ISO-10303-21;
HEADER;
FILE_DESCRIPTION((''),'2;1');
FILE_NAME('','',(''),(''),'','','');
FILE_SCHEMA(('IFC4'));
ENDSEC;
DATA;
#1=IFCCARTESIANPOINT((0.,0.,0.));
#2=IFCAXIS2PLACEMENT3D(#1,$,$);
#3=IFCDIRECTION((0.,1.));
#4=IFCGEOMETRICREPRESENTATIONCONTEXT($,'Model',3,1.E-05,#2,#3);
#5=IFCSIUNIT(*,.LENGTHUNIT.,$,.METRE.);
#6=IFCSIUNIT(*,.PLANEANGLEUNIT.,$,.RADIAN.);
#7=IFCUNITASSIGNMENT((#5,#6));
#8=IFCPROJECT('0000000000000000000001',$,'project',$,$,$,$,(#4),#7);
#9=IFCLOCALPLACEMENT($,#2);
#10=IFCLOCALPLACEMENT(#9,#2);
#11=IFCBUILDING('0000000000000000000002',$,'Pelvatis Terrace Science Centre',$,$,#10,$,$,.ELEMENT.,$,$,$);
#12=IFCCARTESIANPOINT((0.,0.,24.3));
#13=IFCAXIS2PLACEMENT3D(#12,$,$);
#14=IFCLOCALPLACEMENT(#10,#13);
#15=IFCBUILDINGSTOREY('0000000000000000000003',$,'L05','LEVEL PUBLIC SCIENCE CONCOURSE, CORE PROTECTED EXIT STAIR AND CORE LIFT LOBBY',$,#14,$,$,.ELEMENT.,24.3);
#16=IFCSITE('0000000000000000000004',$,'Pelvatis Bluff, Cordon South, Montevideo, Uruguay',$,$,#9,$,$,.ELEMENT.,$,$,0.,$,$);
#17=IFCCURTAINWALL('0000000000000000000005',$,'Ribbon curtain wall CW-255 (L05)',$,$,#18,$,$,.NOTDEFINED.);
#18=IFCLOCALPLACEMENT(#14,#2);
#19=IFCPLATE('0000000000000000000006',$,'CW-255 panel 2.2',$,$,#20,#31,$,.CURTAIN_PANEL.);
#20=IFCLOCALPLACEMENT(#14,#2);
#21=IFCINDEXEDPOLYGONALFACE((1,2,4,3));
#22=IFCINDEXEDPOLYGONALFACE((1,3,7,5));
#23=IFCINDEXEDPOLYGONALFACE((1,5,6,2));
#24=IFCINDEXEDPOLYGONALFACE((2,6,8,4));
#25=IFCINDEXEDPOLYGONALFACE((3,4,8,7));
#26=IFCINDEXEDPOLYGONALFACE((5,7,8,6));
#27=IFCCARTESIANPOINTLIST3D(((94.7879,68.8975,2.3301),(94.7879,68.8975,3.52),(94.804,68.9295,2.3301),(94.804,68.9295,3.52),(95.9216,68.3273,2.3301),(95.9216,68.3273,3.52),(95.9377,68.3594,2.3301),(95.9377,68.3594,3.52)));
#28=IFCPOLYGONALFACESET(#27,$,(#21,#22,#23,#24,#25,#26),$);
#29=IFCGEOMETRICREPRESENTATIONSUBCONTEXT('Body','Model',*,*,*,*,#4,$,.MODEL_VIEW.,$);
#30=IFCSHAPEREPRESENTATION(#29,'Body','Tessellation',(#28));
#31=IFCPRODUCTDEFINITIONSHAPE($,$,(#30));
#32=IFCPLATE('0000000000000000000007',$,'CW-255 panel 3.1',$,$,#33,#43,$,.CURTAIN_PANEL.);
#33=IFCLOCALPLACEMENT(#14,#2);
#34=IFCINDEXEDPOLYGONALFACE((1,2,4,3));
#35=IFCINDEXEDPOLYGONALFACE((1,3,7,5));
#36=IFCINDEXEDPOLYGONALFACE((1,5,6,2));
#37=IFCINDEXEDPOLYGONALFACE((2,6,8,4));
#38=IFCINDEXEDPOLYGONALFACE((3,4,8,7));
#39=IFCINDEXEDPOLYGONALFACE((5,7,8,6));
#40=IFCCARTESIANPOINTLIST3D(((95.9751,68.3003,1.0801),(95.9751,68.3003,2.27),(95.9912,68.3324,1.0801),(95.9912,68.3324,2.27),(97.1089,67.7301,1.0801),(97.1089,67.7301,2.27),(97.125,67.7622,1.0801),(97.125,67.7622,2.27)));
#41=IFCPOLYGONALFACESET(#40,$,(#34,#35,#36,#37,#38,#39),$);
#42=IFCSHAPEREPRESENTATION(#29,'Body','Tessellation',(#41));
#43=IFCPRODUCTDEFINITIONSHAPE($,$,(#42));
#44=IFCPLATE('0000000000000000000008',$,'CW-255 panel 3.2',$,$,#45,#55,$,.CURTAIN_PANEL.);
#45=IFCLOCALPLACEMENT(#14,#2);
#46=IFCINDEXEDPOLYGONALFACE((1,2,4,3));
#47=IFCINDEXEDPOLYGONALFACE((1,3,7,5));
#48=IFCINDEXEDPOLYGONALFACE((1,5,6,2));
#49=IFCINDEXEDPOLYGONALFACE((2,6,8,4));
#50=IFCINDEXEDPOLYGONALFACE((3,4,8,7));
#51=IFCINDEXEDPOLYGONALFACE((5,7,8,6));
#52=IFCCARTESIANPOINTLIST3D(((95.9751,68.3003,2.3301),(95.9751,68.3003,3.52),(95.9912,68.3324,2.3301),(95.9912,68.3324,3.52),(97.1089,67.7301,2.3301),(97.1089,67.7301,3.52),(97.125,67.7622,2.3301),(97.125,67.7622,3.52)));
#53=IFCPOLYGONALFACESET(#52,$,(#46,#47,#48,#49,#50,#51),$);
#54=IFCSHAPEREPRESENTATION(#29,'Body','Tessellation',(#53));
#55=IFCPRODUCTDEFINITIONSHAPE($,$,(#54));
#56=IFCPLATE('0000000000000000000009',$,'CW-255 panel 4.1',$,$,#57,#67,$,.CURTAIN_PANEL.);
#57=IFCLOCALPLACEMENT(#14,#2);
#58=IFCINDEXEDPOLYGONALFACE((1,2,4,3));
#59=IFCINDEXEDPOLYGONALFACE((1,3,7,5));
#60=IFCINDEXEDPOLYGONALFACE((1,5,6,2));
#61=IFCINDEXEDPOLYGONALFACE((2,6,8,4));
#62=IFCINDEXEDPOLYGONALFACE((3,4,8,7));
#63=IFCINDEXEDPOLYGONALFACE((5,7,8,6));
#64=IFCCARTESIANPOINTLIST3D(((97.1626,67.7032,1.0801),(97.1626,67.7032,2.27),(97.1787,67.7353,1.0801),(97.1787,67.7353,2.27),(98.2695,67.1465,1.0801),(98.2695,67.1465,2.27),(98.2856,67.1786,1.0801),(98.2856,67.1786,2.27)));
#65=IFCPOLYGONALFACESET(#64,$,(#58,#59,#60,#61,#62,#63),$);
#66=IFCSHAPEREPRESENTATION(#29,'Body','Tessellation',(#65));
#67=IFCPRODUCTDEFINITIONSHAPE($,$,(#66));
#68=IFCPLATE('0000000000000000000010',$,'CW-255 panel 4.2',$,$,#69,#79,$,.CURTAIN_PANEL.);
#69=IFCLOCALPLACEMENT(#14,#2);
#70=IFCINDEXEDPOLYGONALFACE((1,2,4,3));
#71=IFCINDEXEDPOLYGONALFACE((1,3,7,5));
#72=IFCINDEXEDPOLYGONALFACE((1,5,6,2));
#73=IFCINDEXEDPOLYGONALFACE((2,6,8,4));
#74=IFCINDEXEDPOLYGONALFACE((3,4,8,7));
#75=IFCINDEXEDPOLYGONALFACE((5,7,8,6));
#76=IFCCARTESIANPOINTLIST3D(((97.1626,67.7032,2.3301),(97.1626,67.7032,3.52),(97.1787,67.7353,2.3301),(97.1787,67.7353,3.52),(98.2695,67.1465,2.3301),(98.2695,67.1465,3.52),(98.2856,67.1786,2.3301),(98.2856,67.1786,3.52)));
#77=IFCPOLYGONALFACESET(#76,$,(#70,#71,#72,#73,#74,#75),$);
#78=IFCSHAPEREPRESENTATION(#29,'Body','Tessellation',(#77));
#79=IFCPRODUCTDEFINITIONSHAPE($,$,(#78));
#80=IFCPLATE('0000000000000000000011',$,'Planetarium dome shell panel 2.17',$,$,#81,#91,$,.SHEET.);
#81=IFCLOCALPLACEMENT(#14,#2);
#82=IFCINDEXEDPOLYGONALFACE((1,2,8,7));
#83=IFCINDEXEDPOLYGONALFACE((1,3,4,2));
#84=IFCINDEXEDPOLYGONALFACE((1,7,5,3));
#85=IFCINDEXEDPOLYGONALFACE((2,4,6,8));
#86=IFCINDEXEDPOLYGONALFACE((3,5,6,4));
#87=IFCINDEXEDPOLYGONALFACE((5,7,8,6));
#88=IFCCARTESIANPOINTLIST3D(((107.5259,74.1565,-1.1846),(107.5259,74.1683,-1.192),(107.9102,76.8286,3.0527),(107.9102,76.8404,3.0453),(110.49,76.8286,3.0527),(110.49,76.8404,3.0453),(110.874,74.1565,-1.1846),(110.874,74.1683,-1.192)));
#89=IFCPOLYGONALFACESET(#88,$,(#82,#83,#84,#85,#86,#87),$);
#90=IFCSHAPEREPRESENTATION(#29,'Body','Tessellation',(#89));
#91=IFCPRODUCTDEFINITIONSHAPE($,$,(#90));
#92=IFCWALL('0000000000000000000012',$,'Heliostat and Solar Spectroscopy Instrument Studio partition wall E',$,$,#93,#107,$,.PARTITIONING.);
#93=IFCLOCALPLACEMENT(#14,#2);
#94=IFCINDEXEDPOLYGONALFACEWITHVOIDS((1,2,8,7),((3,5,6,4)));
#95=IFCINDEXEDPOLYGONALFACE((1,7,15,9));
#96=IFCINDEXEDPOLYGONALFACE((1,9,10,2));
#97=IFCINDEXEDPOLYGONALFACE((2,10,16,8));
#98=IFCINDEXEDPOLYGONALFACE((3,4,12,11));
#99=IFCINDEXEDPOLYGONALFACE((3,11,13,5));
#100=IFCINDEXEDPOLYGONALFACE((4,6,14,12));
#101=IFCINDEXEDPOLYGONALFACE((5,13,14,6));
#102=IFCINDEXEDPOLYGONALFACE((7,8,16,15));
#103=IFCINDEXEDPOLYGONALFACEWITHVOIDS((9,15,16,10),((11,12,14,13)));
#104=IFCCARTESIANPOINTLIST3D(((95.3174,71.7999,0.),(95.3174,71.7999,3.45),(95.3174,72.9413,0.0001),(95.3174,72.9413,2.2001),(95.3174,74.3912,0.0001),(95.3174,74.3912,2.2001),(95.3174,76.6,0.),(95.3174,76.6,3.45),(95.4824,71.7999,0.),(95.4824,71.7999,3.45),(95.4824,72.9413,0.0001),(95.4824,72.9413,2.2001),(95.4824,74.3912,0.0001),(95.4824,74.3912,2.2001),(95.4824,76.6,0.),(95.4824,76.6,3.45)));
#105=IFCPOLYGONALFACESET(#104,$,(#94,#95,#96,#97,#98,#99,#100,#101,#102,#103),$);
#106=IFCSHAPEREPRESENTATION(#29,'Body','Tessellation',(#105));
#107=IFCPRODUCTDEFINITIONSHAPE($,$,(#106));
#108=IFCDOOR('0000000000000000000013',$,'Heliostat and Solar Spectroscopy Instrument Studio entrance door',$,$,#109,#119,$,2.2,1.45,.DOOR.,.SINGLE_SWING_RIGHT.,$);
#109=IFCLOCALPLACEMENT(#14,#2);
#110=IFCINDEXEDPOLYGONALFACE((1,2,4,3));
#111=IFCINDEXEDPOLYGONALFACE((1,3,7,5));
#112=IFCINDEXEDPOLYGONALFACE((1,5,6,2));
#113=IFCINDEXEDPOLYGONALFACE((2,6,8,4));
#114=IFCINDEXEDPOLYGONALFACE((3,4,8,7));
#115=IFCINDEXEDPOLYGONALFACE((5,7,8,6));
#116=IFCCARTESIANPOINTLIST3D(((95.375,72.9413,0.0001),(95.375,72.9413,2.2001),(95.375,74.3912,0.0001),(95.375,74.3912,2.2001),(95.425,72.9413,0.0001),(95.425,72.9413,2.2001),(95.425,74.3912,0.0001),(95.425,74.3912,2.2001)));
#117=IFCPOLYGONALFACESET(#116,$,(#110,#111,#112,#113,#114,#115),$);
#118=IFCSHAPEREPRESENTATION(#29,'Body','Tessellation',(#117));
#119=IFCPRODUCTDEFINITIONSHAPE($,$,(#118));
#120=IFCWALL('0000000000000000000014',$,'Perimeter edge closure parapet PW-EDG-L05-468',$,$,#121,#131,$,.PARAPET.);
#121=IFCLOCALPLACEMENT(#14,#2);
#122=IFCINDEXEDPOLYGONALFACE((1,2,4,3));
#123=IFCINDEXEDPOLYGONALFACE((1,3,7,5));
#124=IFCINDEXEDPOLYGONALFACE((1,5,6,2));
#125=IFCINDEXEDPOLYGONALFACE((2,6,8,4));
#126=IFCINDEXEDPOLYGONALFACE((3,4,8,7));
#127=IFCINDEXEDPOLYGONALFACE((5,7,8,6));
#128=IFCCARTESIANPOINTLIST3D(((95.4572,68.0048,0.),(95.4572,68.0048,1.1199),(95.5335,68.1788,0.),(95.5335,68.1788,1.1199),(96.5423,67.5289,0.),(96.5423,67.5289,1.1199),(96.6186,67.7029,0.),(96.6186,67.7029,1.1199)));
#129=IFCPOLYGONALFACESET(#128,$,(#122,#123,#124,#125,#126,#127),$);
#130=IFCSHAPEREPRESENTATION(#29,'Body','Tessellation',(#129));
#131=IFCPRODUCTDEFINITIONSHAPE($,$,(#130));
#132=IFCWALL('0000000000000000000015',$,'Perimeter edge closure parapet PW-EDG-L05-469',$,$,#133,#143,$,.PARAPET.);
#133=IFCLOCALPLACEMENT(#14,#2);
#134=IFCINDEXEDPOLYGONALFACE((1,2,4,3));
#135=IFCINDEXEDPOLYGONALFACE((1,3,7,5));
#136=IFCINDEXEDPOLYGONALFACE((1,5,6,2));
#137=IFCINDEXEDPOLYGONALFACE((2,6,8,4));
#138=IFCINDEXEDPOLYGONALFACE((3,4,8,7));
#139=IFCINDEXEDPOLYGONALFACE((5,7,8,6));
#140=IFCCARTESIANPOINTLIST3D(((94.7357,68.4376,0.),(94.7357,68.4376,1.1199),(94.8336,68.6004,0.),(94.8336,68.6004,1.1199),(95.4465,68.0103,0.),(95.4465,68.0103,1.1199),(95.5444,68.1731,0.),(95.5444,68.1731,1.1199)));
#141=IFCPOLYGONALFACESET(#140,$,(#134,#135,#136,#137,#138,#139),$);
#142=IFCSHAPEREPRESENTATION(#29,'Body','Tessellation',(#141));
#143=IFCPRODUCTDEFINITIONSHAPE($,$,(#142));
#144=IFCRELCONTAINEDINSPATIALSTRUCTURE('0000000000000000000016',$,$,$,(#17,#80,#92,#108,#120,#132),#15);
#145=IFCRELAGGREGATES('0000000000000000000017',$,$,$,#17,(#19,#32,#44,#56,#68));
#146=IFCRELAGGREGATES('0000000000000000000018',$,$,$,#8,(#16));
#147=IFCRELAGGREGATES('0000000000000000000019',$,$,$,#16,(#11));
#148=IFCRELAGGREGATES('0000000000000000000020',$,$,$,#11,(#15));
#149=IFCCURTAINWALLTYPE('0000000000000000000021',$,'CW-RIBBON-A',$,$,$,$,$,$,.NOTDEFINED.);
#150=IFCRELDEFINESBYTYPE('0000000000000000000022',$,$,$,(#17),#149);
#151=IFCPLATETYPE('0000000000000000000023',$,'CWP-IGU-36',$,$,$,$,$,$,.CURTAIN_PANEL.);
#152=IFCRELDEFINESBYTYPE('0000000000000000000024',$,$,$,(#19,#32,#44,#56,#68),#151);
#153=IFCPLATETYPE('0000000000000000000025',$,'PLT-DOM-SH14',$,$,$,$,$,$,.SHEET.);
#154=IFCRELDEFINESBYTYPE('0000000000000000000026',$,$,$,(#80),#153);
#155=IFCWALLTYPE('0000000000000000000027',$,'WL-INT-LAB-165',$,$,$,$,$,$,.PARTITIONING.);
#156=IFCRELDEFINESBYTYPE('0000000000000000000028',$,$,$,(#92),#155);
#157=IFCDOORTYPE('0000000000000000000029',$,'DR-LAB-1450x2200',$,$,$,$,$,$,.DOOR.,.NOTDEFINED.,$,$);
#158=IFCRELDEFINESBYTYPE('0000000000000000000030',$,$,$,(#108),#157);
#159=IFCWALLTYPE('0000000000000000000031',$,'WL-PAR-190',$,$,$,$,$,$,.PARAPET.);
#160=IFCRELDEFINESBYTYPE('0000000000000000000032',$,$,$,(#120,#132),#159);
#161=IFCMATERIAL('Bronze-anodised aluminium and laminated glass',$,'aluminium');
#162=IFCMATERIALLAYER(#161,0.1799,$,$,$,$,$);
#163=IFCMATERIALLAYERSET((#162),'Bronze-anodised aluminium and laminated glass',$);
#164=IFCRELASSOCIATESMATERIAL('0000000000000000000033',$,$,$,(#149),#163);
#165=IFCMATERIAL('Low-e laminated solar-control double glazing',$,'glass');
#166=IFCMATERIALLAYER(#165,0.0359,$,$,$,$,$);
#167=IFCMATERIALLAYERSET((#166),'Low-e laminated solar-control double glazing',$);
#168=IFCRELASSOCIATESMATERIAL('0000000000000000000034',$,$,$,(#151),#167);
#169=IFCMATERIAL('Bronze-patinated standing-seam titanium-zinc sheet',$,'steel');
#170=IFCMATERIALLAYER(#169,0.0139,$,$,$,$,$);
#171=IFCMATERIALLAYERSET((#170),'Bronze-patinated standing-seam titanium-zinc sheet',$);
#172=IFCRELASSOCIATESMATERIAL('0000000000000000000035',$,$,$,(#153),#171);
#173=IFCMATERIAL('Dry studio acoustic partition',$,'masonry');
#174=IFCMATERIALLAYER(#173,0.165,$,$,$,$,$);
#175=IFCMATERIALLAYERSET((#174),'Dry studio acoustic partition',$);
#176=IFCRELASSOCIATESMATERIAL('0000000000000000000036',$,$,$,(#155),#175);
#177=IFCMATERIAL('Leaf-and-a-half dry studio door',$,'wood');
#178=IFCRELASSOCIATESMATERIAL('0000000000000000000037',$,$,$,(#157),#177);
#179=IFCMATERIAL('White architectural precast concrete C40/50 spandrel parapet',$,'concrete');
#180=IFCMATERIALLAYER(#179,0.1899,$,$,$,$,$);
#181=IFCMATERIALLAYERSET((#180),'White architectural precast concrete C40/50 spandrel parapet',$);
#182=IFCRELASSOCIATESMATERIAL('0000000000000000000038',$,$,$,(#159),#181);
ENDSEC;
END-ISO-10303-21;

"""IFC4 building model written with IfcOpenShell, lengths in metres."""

from ifc_helpers import new_model, si_unit, direction, frame, frame_2d, origin, origin_2d, place, context, subcontext, project, spatial, polyline, rectangle, outline, extrude, material, layer, layer_set, type_object, element, fill, aggregate, save


model = new_model("IFC4")

# Units and contexts
model_context = context("Model", 3, precision=1e-05, world=origin(), true_north=direction((0.0, 1.0)))
body_context = subcontext(model_context, "Body", "Model", "MODEL_VIEW")
ifc_project = project(units=[si_unit("LENGTHUNIT", "METRE"), si_unit("PLANEANGLEUNIT", "RADIAN")], contexts=[model_context])

# Site, building, storey
site_placement = place(None, origin())
site = spatial("IfcSite", under=ifc_project, at=site_placement, Name="Pelvatis Bluff, Cordon South, Montevideo, Uruguay", CompositionType="ELEMENT", RefElevation=0.0)
building_placement = place(site_placement, origin())
building = spatial("IfcBuilding", under=site, at=building_placement, Name="Pelvatis Terrace Science Centre", CompositionType="ELEMENT")
storey_placement = place(building_placement, frame((0.0, 0.0, 24.3)))
storey = spatial("IfcBuildingStorey", under=building, at=storey_placement, Name="L05", Description="LEVEL PUBLIC SCIENCE CONCOURSE, CORE PROTECTED EXIT STAIR AND CORE LIFT LOBBY", CompositionType="ELEMENT", Elevation=24.3)

# Curtain wall
ifc_material_1 = material(Name="Bronze-anodised aluminium and laminated glass", Category="aluminium")
ifc_layer_1 = layer(ifc_material_1, 0.1799)
ifc_layer_set_1 = layer_set([ifc_layer_1], Name="Bronze-anodised aluminium and laminated glass")
curtain_wall_type = type_object("IfcCurtainWallType", Name="CW-RIBBON-A", PredefinedType="NOTDEFINED", material=ifc_layer_set_1)
curtain_wall_placement = place(storey_placement, origin())
curtain_wall = element("IfcCurtainWall", 1, at=curtain_wall_placement, inside=storey, type_object=curtain_wall_type, Name="Ribbon curtain wall CW-255 (L05)", PredefinedType="NOTDEFINED")

# Plates
ifc_material_2 = material(Name="Low-e laminated solar-control double glazing", Category="glass")
ifc_layer_2 = layer(ifc_material_2, 0.0359)
ifc_layer_set_2 = layer_set([ifc_layer_2], Name="Low-e laminated solar-control double glazing")
plate_type_1 = type_object("IfcPlateType", Name="CWP-IGU-36", PredefinedType="CURTAIN_PANEL", material=ifc_layer_set_2)
plate_1_placement = place(storey_placement, frame((95.3628, 68.6284, 2.3301), z_axis=(0.0, 0.0, 1.0), x_axis=(0.893379, -0.449304, 0.0)))
plate_1 = element("IfcPlate", 2, at=plate_1_placement, type_object=plate_type_1, Name="CW-255 panel 2.2", PredefinedType="CURTAIN_PANEL", context=body_context, shape_type="SweptSolid", body=[
    extrude(rectangle(XDim=1.269, YDim=0.0359, at=origin_2d()), origin(), (0.0, 0.0, 1.0), 1.1899),
])
plate_2_placement = place(storey_placement, frame((96.55, 68.0312, 1.0801), z_axis=(0.0, 0.0, 1.0), x_axis=(0.893379, -0.449304, 0.0)))
plate_2 = element("IfcPlate", 3, at=plate_2_placement, type_object=plate_type_1, Name="CW-255 panel 3.1", PredefinedType="CURTAIN_PANEL", context=body_context, shape_type="SweptSolid", body=[
    extrude(rectangle(XDim=1.269, YDim=0.0359, at=origin_2d()), origin(), (0.0, 0.0, 1.0), 1.1899),
])
plate_3_placement = place(storey_placement, frame((96.55, 68.0312, 2.3301), z_axis=(0.0, 0.0, 1.0), x_axis=(0.893379, -0.449304, 0.0)))
plate_3 = element("IfcPlate", 4, at=plate_3_placement, type_object=plate_type_1, Name="CW-255 panel 3.2", PredefinedType="CURTAIN_PANEL", context=body_context, shape_type="SweptSolid", body=[
    extrude(rectangle(XDim=1.269, YDim=0.0359, at=origin_2d()), origin(), (0.0, 0.0, 1.0), 1.1899),
])
plate_4_placement = place(storey_placement, frame((97.7241, 67.4409, 1.0801), z_axis=(0.0, 0.0, 1.0), x_axis=(0.893379, -0.449304, 0.0)))
plate_4 = element("IfcPlate", 5, at=plate_4_placement, type_object=plate_type_1, Name="CW-255 panel 4.1", PredefinedType="CURTAIN_PANEL", context=body_context, shape_type="SweptSolid", body=[
    extrude(rectangle(XDim=1.239, YDim=0.0359, at=origin_2d()), origin(), (0.0, 0.0, 1.0), 1.1899),
])
plate_5_placement = place(storey_placement, frame((97.7241, 67.4409, 2.3301), z_axis=(0.0, 0.0, 1.0), x_axis=(0.893379, -0.449304, 0.0)))
plate_5 = element("IfcPlate", 6, at=plate_5_placement, type_object=plate_type_1, Name="CW-255 panel 4.2", PredefinedType="CURTAIN_PANEL", context=body_context, shape_type="SweptSolid", body=[
    extrude(rectangle(XDim=1.239, YDim=0.0359, at=origin_2d()), origin(), (0.0, 0.0, 1.0), 1.1899),
])
aggregate(curtain_wall, [plate_1, plate_2, plate_3, plate_4, plate_5])
ifc_material_3 = material(Name="Bronze-patinated standing-seam titanium-zinc sheet", Category="steel")
ifc_layer_3 = layer(ifc_material_3, 0.0139)
ifc_layer_set_3 = layer_set([ifc_layer_3], Name="Bronze-patinated standing-seam titanium-zinc sheet")
plate_type_2 = type_object("IfcPlateType", Name="PLT-DOM-SH14", PredefinedType="SHEET", material=ifc_layer_set_3)
plate_6_placement = place(storey_placement, frame((107.5259, 74.1565, -1.1846), z_axis=(0.0, -0.845856, 0.533412), x_axis=(1.0, 0.0, 0.0)))
element("IfcPlate", 7, at=plate_6_placement, inside=storey, type_object=plate_type_2, Name="Planetarium dome shell panel 2.17", PredefinedType="SHEET", context=body_context, shape_type="SweptSolid", body=[
    extrude(outline(polyline([(0.0, 0.0), (3.3481, 0.0), (2.9641, 5.0095), (0.3843, 5.0095), (0.0, 0.0)])), origin(), (0.0, 0.0, -1.0), 0.0139),
])

# Wall, opening, door
ifc_material_4 = material(Name="Dry studio acoustic partition", Category="masonry")
ifc_layer_4 = layer(ifc_material_4, 0.165)
ifc_layer_set_4 = layer_set([ifc_layer_4], Name="Dry studio acoustic partition")
wall_type_1 = type_object("IfcWallType", Name="WL-INT-LAB-165", PredefinedType="PARTITIONING", material=ifc_layer_set_4)
wall_1_placement = place(storey_placement, frame((95.3999, 71.8, 0.0), z_axis=(0.0, 0.0, 1.0), x_axis=(0.0, 1.0, 0.0)))
wall_1 = element("IfcWall", 8, at=wall_1_placement, inside=storey, type_object=wall_type_1, Name="Heliostat and Solar Spectroscopy Instrument Studio partition wall E", PredefinedType="PARTITIONING", context=body_context, shape_type="SweptSolid", body=[
    extrude(rectangle(XDim=4.8, YDim=0.165, at=frame_2d((2.3999, 0.0))), origin(), (0.0, 0.0, 1.0), 3.45),
])
opening_placement = place(wall_1_placement, frame((1.1411, 0.0, 0.0)))
opening = element("IfcOpeningElement", 9, at=opening_placement, cuts=wall_1, PredefinedType="OPENING", context=body_context, shape_type="SweptSolid", body=[
    extrude(rectangle(XDim=1.45, YDim=2.2, at=frame_2d((0.7251, 1.1001))), frame((0.0, 0.0925, 0.0), z_axis=(0.0, -1.0, 0.0), x_axis=(1.0, 0.0, 0.0)), (0.0, 0.0, 1.0), 0.1851),
])
ifc_material_5 = material(Name="Leaf-and-a-half dry studio door", Category="wood")
door_type = type_object("IfcDoorType", Name="DR-LAB-1450x2200", OperationType="NOTDEFINED", PredefinedType="DOOR", material=ifc_material_5)
door_placement = place(opening_placement, origin())
door = element("IfcDoor", 10, at=door_placement, inside=storey, type_object=door_type, Name="Heliostat and Solar Spectroscopy Instrument Studio entrance door", OperationType="SINGLE_SWING_RIGHT", OverallHeight=2.2, OverallWidth=1.45, PredefinedType="DOOR", context=body_context, shape_type="SweptSolid", body=[
    extrude(rectangle(XDim=1.45, YDim=2.2, at=frame_2d((0.7251, 1.1001))), frame((0.0, 0.0249, 0.0), z_axis=(0.0, -1.0, 0.0), x_axis=(1.0, 0.0, 0.0)), (0.0, 0.0, 1.0), 0.05),
])
fill(opening, door)

# Walls
ifc_material_6 = material(Name="White architectural precast concrete C40/50 spandrel parapet", Category="concrete")
ifc_layer_5 = layer(ifc_material_6, 0.1899)
ifc_layer_set_5 = layer_set([ifc_layer_5], Name="White architectural precast concrete C40/50 spandrel parapet")
wall_type_2 = type_object("IfcWallType", Name="WL-PAR-190", PredefinedType="PARAPET", material=ifc_layer_set_5)
wall_2_placement = place(storey_placement, frame((96.5803, 67.616, 0.0), z_axis=(0.0, 0.0, 1.0), x_axis=(-0.915798, 0.40164, 0.0)))
element("IfcWall", 11, at=wall_2_placement, inside=storey, type_object=wall_type_2, Name="Perimeter edge closure parapet PW-EDG-L05-468", PredefinedType="PARAPET", context=body_context, shape_type="SweptSolid", body=[
    extrude(rectangle(XDim=1.1848, YDim=0.1899, at=frame_2d((0.5923, 0.0))), origin(), (0.0, 0.0, 1.0), 1.1199),
])
wall_3_placement = place(storey_placement, frame((95.4954, 68.0918, 0.0), z_axis=(0.0, 0.0, 1.0), x_axis=(-0.857051, 0.515232, 0.0)))
element("IfcWall", 12, at=wall_3_placement, inside=storey, type_object=wall_type_2, Name="Perimeter edge closure parapet PW-EDG-L05-469", PredefinedType="PARAPET", context=body_context, shape_type="SweptSolid", body=[
    extrude(rectangle(XDim=0.8293, YDim=0.1899, at=frame_2d((0.4146, 0.0))), origin(), (0.0, 0.0, 1.0), 1.1199),
])

save(model, "model.ifc")
